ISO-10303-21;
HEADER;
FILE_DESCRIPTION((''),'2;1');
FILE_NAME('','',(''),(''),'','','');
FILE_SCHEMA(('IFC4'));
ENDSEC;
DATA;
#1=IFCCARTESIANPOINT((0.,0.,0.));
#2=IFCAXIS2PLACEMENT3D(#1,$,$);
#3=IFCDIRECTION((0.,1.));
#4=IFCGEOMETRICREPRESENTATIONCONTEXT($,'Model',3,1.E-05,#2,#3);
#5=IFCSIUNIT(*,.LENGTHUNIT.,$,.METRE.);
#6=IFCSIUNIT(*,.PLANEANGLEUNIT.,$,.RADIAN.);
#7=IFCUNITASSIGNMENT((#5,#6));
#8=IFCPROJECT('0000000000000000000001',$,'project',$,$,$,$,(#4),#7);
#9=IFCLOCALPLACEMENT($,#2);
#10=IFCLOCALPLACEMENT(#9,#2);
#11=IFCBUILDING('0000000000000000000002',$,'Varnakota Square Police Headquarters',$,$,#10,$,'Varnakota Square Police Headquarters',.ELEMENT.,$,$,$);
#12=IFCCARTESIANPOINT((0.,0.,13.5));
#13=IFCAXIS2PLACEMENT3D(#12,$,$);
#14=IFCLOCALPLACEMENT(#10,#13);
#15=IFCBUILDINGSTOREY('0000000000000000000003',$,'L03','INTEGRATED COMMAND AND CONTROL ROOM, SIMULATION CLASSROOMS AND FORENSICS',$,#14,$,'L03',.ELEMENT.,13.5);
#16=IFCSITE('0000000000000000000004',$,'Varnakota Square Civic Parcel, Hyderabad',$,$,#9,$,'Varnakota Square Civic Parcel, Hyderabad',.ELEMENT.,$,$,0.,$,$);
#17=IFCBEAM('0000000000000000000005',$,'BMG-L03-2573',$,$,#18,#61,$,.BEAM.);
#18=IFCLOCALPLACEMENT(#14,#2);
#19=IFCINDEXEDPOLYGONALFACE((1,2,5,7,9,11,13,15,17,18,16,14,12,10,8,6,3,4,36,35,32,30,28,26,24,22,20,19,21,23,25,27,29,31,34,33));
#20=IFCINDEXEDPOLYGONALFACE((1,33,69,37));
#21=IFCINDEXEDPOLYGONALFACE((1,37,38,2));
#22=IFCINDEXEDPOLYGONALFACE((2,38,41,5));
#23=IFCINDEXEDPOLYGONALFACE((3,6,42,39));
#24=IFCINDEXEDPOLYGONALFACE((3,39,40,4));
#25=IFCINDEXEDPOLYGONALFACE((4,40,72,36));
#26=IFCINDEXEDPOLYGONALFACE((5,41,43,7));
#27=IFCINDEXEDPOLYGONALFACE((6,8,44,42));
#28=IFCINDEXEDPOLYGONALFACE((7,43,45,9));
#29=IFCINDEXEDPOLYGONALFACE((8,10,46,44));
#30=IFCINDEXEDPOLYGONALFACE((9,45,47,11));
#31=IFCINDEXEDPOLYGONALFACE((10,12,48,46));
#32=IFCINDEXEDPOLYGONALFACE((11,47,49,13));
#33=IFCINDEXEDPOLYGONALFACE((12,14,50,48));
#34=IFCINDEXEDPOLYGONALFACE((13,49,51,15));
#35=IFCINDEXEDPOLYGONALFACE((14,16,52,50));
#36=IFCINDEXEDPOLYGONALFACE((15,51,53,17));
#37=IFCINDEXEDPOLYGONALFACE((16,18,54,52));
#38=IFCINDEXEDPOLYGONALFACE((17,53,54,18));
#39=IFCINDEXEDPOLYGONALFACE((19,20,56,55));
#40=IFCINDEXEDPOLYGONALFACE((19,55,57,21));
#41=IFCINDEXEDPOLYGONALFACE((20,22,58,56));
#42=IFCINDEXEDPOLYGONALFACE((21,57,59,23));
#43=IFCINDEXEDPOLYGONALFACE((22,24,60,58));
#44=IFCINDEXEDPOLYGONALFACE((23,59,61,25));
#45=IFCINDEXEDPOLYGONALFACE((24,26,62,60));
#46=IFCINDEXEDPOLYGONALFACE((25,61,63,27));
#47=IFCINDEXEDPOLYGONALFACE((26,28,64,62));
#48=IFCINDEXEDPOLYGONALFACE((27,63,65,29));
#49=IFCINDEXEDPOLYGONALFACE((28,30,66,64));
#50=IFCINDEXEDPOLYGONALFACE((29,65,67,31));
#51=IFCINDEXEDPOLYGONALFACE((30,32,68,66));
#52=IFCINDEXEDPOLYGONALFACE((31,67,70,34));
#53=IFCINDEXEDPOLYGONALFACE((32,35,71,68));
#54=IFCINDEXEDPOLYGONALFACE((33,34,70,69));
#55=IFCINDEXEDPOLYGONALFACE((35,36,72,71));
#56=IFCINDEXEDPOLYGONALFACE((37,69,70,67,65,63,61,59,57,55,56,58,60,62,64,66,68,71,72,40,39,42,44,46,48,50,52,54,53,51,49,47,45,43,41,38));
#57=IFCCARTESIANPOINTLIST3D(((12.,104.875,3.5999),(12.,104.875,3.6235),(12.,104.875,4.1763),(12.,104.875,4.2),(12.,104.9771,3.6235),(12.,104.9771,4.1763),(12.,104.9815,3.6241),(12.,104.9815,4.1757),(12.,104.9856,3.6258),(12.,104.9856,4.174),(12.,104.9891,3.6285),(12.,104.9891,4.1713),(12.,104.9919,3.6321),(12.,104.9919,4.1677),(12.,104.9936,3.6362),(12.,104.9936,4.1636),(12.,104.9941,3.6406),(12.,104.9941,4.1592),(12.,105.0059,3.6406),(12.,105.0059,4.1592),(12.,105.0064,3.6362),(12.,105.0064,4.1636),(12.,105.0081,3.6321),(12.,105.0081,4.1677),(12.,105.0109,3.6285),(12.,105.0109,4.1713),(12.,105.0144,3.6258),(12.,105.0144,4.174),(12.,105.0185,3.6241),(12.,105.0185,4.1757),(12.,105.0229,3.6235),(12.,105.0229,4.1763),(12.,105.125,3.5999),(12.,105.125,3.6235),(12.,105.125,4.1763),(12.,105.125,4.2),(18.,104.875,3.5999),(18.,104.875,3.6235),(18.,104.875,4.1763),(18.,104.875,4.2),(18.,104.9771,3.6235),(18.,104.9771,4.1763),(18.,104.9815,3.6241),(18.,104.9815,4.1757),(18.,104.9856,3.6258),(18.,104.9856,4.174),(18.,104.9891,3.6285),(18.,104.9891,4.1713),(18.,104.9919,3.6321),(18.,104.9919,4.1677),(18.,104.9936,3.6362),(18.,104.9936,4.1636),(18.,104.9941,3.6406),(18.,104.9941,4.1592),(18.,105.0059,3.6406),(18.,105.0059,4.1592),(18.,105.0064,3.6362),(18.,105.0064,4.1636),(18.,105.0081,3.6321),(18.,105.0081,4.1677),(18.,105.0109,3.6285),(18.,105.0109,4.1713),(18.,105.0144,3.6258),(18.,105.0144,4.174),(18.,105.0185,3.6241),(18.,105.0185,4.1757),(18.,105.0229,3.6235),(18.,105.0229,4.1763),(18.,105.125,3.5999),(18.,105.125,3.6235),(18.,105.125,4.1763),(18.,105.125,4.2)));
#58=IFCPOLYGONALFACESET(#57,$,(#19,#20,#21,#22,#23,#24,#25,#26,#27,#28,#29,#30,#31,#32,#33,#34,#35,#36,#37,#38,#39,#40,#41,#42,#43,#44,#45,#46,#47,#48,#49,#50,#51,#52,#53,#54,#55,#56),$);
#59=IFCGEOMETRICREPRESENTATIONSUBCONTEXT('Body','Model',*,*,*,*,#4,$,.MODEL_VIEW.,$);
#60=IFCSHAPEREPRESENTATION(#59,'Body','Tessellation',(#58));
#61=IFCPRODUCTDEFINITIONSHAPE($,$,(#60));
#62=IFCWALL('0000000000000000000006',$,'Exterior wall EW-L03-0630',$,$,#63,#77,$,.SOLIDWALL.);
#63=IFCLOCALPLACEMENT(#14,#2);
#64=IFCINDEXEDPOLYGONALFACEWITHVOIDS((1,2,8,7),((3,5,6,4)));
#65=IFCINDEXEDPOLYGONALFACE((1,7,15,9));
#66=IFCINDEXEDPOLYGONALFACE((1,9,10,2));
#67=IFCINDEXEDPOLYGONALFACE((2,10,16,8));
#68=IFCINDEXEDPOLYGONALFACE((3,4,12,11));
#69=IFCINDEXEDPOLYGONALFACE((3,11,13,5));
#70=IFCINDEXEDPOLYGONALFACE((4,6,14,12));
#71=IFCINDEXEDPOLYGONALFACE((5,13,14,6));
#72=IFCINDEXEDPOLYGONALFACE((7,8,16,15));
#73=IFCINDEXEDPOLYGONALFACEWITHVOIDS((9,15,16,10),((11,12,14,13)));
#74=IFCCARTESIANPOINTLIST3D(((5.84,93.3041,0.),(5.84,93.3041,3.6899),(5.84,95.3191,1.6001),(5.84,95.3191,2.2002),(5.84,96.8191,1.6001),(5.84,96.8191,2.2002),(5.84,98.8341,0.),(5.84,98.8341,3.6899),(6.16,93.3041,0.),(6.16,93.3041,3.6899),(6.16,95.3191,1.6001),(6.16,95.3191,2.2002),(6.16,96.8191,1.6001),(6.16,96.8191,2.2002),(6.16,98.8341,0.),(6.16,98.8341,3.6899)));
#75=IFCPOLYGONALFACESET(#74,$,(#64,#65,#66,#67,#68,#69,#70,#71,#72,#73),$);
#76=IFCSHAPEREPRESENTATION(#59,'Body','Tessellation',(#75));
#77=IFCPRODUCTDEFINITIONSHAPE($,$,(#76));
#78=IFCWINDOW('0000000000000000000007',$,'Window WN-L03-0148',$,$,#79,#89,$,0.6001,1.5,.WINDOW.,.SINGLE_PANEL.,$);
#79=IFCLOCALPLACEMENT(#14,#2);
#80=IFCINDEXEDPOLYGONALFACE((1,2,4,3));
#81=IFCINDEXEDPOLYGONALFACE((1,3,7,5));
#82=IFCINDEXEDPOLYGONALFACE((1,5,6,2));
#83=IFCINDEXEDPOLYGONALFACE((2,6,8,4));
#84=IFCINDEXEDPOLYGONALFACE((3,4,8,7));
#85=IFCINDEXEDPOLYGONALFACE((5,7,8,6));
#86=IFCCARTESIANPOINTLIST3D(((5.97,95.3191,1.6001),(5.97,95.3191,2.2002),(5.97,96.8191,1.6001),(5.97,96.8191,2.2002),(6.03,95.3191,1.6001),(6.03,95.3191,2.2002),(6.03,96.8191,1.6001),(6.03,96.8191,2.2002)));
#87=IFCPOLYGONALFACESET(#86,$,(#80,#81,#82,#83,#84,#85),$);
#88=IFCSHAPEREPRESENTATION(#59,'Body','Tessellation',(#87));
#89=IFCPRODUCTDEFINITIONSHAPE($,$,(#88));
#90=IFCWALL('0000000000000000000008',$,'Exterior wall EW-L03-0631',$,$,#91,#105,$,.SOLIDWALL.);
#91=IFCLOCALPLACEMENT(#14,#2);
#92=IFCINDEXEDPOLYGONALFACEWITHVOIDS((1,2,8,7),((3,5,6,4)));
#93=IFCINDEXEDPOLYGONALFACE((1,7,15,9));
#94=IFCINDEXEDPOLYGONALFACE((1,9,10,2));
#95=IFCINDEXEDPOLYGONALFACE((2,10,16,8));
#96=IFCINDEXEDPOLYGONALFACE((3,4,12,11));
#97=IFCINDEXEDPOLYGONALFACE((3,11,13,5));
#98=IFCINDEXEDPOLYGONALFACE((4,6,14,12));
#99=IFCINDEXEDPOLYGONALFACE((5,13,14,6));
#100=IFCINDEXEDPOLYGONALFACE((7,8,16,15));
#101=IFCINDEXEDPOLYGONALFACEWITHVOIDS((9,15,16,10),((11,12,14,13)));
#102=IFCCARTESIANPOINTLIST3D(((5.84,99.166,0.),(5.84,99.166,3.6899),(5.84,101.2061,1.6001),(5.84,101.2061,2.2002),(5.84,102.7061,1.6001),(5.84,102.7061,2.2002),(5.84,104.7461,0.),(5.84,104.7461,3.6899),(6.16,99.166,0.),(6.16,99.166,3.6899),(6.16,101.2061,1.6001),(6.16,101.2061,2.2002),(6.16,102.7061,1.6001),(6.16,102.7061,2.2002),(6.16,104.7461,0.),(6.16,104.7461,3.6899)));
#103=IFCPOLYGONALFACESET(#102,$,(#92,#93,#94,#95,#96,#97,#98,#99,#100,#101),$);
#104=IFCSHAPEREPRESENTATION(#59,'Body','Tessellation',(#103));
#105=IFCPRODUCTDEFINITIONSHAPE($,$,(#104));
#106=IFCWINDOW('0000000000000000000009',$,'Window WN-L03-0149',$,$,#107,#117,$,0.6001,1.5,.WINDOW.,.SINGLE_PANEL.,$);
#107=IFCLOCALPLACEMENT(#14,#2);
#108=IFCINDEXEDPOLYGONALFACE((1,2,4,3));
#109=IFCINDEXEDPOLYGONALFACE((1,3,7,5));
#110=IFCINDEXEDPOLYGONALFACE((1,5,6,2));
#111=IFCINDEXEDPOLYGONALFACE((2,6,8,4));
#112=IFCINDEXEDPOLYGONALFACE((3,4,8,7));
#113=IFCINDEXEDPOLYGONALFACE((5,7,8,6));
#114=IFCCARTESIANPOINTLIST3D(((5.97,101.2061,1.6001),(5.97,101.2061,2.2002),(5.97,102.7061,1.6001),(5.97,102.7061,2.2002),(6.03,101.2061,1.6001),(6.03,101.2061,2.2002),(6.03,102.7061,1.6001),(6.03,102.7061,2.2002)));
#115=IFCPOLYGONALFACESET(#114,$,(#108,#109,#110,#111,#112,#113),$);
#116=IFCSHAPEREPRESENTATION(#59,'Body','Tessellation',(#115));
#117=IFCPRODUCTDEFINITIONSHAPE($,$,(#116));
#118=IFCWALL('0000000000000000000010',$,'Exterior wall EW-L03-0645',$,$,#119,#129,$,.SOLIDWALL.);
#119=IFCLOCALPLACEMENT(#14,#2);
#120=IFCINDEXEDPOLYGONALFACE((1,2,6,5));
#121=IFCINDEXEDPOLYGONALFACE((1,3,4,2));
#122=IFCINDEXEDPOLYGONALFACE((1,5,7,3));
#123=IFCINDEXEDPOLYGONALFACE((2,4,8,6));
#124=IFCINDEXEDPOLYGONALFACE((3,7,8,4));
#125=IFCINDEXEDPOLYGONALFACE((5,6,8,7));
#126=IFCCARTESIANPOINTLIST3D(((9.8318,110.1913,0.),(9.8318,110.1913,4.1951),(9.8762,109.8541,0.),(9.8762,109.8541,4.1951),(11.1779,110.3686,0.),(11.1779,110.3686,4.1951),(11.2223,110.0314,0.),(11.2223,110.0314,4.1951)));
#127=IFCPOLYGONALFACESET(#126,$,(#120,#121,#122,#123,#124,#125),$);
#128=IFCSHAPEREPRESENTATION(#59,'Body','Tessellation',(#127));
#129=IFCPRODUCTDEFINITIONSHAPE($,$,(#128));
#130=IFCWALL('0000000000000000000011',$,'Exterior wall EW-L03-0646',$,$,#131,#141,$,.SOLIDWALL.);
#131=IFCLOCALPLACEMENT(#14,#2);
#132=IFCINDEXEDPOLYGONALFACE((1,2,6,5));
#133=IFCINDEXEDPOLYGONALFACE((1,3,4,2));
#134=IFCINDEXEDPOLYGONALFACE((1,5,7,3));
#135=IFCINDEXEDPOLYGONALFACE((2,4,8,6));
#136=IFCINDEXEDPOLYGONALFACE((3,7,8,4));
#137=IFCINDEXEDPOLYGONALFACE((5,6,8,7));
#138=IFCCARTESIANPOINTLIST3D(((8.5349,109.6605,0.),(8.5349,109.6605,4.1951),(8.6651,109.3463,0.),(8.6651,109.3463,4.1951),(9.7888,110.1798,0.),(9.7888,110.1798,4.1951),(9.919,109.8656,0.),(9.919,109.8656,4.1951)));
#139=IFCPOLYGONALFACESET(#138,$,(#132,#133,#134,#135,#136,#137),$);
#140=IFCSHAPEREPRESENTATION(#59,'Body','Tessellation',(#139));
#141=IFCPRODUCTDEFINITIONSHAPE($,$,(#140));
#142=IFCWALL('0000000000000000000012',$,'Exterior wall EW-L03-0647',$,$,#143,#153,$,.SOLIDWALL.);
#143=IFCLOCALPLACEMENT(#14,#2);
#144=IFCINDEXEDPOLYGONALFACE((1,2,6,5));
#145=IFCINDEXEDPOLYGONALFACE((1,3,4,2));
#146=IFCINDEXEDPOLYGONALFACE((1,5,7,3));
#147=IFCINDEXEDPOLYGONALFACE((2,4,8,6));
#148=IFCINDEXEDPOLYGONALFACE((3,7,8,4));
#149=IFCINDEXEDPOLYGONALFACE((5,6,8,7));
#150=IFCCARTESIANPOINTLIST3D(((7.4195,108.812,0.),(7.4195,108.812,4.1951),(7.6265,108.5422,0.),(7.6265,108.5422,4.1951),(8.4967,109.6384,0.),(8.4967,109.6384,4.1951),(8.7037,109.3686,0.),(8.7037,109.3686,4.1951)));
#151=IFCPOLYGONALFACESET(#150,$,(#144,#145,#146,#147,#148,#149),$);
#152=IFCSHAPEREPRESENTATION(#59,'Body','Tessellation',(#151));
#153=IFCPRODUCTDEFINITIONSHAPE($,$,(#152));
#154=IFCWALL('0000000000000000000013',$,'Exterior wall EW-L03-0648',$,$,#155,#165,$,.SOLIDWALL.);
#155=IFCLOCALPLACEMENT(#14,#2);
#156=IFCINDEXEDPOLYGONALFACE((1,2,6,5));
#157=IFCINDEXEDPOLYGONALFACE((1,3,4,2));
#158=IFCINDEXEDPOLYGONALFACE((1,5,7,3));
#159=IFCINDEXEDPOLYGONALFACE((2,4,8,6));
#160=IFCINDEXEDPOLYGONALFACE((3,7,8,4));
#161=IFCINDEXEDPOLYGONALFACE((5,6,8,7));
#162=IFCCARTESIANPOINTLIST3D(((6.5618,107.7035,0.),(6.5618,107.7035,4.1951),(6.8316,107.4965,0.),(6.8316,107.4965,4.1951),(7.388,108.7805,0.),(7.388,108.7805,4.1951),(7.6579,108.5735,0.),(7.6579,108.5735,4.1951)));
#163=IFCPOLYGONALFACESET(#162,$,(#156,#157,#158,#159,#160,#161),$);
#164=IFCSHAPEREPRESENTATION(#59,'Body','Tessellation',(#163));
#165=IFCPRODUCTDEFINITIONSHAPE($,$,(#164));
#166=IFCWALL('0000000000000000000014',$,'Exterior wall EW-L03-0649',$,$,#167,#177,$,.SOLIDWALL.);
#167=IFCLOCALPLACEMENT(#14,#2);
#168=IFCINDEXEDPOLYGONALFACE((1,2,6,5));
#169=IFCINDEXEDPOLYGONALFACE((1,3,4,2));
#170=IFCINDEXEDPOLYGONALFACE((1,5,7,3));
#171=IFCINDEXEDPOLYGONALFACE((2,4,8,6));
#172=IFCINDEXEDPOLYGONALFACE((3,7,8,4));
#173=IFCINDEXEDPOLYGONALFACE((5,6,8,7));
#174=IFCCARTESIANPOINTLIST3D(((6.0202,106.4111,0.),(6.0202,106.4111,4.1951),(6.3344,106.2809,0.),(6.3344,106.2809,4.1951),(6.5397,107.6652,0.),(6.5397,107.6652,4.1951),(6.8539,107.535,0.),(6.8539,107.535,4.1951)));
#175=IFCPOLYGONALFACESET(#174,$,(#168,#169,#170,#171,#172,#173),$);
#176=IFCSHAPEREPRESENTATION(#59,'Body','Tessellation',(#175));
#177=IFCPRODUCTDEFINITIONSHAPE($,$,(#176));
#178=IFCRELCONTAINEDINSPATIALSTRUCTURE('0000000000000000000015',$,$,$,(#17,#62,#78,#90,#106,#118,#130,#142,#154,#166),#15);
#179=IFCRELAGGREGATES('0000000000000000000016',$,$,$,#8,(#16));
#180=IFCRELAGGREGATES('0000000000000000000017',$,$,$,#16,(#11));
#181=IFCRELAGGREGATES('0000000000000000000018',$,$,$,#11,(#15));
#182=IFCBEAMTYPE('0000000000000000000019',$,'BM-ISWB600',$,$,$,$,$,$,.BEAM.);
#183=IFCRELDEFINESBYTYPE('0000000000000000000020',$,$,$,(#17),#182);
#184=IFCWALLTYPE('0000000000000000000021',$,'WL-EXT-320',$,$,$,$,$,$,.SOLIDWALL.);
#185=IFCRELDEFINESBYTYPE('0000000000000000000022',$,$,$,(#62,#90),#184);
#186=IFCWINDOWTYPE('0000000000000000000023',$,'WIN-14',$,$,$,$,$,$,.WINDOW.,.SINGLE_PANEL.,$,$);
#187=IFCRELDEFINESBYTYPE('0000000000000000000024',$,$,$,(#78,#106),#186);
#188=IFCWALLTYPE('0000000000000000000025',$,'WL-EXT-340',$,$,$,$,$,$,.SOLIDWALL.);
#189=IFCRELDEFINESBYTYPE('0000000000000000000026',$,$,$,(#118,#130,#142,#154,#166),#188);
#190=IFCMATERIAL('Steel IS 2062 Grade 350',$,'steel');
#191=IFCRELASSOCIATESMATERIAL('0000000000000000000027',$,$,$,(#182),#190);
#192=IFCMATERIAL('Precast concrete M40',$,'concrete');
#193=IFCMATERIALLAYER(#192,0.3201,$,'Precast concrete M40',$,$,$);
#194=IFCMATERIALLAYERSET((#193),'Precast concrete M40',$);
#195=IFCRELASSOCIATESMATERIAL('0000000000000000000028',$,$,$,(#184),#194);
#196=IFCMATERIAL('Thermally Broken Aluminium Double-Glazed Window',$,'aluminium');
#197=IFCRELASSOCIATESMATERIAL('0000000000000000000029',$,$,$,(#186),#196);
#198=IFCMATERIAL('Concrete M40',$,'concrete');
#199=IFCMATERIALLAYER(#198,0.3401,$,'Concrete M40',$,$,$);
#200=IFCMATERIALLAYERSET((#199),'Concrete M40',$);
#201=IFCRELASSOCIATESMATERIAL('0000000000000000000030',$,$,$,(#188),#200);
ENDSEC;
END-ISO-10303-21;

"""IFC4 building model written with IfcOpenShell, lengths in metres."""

from ifc_helpers import new_model, si_unit, direction, frame, frame_2d, origin, origin_2d, place, context, subcontext, project, spatial, rectangle, i_section, extrude, material, layer, layer_set, material_profile, profile_set, type_object, element, fill, save


model = new_model("IFC4")

# Units and contexts
model_context = context("Model", 3, precision=1e-05, world=origin(), true_north=direction((0.0, 1.0)))
body_context = subcontext(model_context, "Body", "Model", "MODEL_VIEW")
ifc_project = project(units=[si_unit("LENGTHUNIT", "METRE"), si_unit("PLANEANGLEUNIT", "RADIAN")], contexts=[model_context])

# Site, building, storey
site_placement = place(None, origin())
site = spatial("IfcSite", under=ifc_project, at=site_placement, Name="Varnakota Square Civic Parcel, Hyderabad", LongName="Varnakota Square Civic Parcel, Hyderabad", CompositionType="ELEMENT", RefElevation=0.0)
building_placement = place(site_placement, origin())
building = spatial("IfcBuilding", under=site, at=building_placement, Name="Varnakota Square Police Headquarters", LongName="Varnakota Square Police Headquarters", CompositionType="ELEMENT")
storey_placement = place(building_placement, frame((0.0, 0.0, 13.5)))
storey = spatial("IfcBuildingStorey", under=building, at=storey_placement, Name="L03", Description="INTEGRATED COMMAND AND CONTROL ROOM, SIMULATION CLASSROOMS AND FORENSICS", LongName="L03", CompositionType="ELEMENT", Elevation=13.5)

# Shared definitions
ifc_material_1 = material(Name="Steel IS 2062 Grade 350", Category="steel")

# Beam
ifc_material_profile_1 = material_profile(ifc_material_1, i_section(OverallWidth=0.25, OverallDepth=0.6001, WebThickness=0.0117, FlangeThickness=0.0237, FilletRadius=0.0171, at=origin_2d()), Name="ISWB 600")
ifc_profile_set_1 = profile_set([ifc_material_profile_1], Name="Steel IS 2062 Grade 350")
beam_type_1 = type_object("IfcBeamType", Name="BM-ISWB600", PredefinedType="BEAM", material=ifc_profile_set_1)
beam_1_placement = place(storey_placement, frame((12.0, 105.0, 3.8999), z_axis=(1.0, 0.0, 0.0), x_axis=(0.0, 1.0, 0.0)))
element("IfcBeam", 1, at=beam_1_placement, inside=storey, type_object=beam_type_1, Name="BMG-L03-2573", PredefinedType="BEAM", context=body_context, shape_type="SweptSolid", body=[
    extrude(i_section(OverallWidth=0.25, OverallDepth=0.6001, WebThickness=0.0117, FlangeThickness=0.0237, FilletRadius=0.0171, at=origin_2d()), origin(), (0.0, 0.0, 1.0), 6.0),
])

# Walls, openings, windows
ifc_material_2 = material(Name="Precast concrete M40", Category="concrete")
ifc_layer_1 = layer(ifc_material_2, 0.3201, Name="Precast concrete M40")
ifc_layer_set_1 = layer_set([ifc_layer_1], Name="Precast concrete M40")
wall_type_1 = type_object("IfcWallType", Name="WL-EXT-320", PredefinedType="SOLIDWALL", material=ifc_layer_set_1)
wall_1_placement = place(storey_placement, frame((6.0, 93.304, 0.0), z_axis=(0.0, 0.0, 1.0), x_axis=(0.0, 1.0, 0.0)))
wall_1 = element("IfcWall", 2, at=wall_1_placement, inside=storey, type_object=wall_type_1, Name="Exterior wall EW-L03-0630", PredefinedType="SOLIDWALL", context=body_context, shape_type="SweptSolid", body=[
    extrude(rectangle(XDim=5.53, YDim=0.3201, at=frame_2d((2.7651, 0.0))), origin(), (0.0, 0.0, 1.0), 3.6899),
])
opening_1_placement = place(wall_1_placement, frame((2.0151, 0.0, 1.6001)))
opening_1 = element("IfcOpeningElement", 3, at=opening_1_placement, cuts=wall_1, PredefinedType="OPENING", context=body_context, shape_type="SweptSolid", body=[
    extrude(rectangle(XDim=1.5, YDim=0.6001, at=frame_2d((0.75, 0.3))), frame((0.0, 0.1699, 0.0), z_axis=(0.0, -1.0, 0.0), x_axis=(1.0, 0.0, 0.0)), (0.0, 0.0, 1.0), 0.3401),
])
ifc_material_3 = material(Name="Thermally Broken Aluminium Double-Glazed Window", Category="aluminium")
window_type = type_object("IfcWindowType", Name="WIN-14", PartitioningType="SINGLE_PANEL", PredefinedType="WINDOW", material=ifc_material_3)
window_1_placement = place(opening_1_placement, origin())
window_1 = element("IfcWindow", 4, at=window_1_placement, inside=storey, type_object=window_type, Name="Window WN-L03-0148", OverallHeight=0.6001, OverallWidth=1.5, PartitioningType="SINGLE_PANEL", PredefinedType="WINDOW", context=body_context, shape_type="SweptSolid", body=[
    extrude(rectangle(XDim=1.5, YDim=0.6001, at=frame_2d((0.75, 0.3))), frame((0.0, 0.03, 0.0), z_axis=(0.0, -1.0, 0.0), x_axis=(1.0, 0.0, 0.0)), (0.0, 0.0, 1.0), 0.0601),
])
fill(opening_1, window_1)
wall_2_placement = place(storey_placement, frame((6.0, 99.166, 0.0), z_axis=(0.0, 0.0, 1.0), x_axis=(0.0, 1.0, 0.0)))
wall_2 = element("IfcWall", 5, at=wall_2_placement, inside=storey, type_object=wall_type_1, Name="Exterior wall EW-L03-0631", PredefinedType="SOLIDWALL", context=body_context, shape_type="SweptSolid", body=[
    extrude(rectangle(XDim=5.5801, YDim=0.3201, at=frame_2d((2.79, 0.0))), origin(), (0.0, 0.0, 1.0), 3.6899),
])
opening_2_placement = place(wall_2_placement, frame((2.04, 0.0, 1.6001)))
opening_2 = element("IfcOpeningElement", 6, at=opening_2_placement, cuts=wall_2, PredefinedType="OPENING", context=body_context, shape_type="SweptSolid", body=[
    extrude(rectangle(XDim=1.5, YDim=0.6001, at=frame_2d((0.75, 0.3))), frame((0.0, 0.1699, 0.0), z_axis=(0.0, -1.0, 0.0), x_axis=(1.0, 0.0, 0.0)), (0.0, 0.0, 1.0), 0.3401),
])
window_2_placement = place(opening_2_placement, origin())
window_2 = element("IfcWindow", 7, at=window_2_placement, inside=storey, type_object=window_type, Name="Window WN-L03-0149", OverallHeight=0.6001, OverallWidth=1.5, PartitioningType="SINGLE_PANEL", PredefinedType="WINDOW", context=body_context, shape_type="SweptSolid", body=[
    extrude(rectangle(XDim=1.5, YDim=0.6001, at=frame_2d((0.75, 0.3))), frame((0.0, 0.03, 0.0), z_axis=(0.0, -1.0, 0.0), x_axis=(1.0, 0.0, 0.0)), (0.0, 0.0, 1.0), 0.0601),
])
fill(opening_2, window_2)

# Walls
ifc_material_4 = material(Name="Concrete M40", Category="concrete")
ifc_layer_2 = layer(ifc_material_4, 0.3401, Name="Concrete M40")
ifc_layer_set_2 = layer_set([ifc_layer_2], Name="Concrete M40")
wall_type_2 = type_object("IfcWallType", Name="WL-EXT-340", PredefinedType="SOLIDWALL", material=ifc_layer_set_2)
wall_3_placement = place(storey_placement, frame((11.2, 110.2, 0.0), z_axis=(0.0, 0.0, 1.0), x_axis=(-0.99144, -0.130562, 0.0)))
element("IfcWall", 8, at=wall_3_placement, inside=storey, type_object=wall_type_2, Name="Exterior wall EW-L03-0645", PredefinedType="SOLIDWALL", context=body_context, shape_type="SweptSolid", body=[
    extrude(rectangle(XDim=1.3577, YDim=0.3401, at=frame_2d((0.6787, 0.0))), origin(), (0.0, 0.0, 1.0), 4.1951),
])
wall_4_placement = place(storey_placement, frame((9.854, 110.0227, 0.0), z_axis=(0.0, 0.0, 1.0), x_axis=(-0.923905, -0.382622, 0.0)))
element("IfcWall", 9, at=wall_4_placement, inside=storey, type_object=wall_type_2, Name="Exterior wall EW-L03-0646", PredefinedType="SOLIDWALL", context=body_context, shape_type="SweptSolid", body=[
    extrude(rectangle(XDim=1.3572, YDim=0.3401, at=frame_2d((0.6787, 0.0))), origin(), (0.0, 0.0, 1.0), 4.1951),
])
wall_5_placement = place(storey_placement, frame((8.6001, 109.5034, 0.0), z_axis=(0.0, 0.0, 1.0), x_axis=(-0.793392, -0.608711, 0.0)))
element("IfcWall", 10, at=wall_5_placement, inside=storey, type_object=wall_type_2, Name="Exterior wall EW-L03-0647", PredefinedType="SOLIDWALL", context=body_context, shape_type="SweptSolid", body=[
    extrude(rectangle(XDim=1.3577, YDim=0.3401, at=frame_2d((0.6787, 0.0))), origin(), (0.0, 0.0, 1.0), 4.1951),
])
for number, where, z_axis, x_axis, name in (
    (11, (7.5229, 108.677, 0.0), (0.0, 0.0, 1.0), (-0.608685, -0.793412, 0.0), "Exterior wall EW-L03-0648"),
    (12, (6.6968, 107.6001, 0.0), (0.0, 0.0, 1.0), (-0.382712, -0.923868, 0.0), "Exterior wall EW-L03-0649"),
):
    element("IfcWall", number, at=place(storey_placement, frame(where, z_axis=z_axis, x_axis=x_axis)), inside=storey, type_object=wall_type_2, Name=name, PredefinedType="SOLIDWALL", context=body_context, shape_type="SweptSolid", body=[
        extrude(rectangle(XDim=1.3574, YDim=0.3401, at=frame_2d((0.6787, 0.0))), origin(), (0.0, 0.0, 1.0), 4.1951),
    ])

save(model, "model.ifc")
